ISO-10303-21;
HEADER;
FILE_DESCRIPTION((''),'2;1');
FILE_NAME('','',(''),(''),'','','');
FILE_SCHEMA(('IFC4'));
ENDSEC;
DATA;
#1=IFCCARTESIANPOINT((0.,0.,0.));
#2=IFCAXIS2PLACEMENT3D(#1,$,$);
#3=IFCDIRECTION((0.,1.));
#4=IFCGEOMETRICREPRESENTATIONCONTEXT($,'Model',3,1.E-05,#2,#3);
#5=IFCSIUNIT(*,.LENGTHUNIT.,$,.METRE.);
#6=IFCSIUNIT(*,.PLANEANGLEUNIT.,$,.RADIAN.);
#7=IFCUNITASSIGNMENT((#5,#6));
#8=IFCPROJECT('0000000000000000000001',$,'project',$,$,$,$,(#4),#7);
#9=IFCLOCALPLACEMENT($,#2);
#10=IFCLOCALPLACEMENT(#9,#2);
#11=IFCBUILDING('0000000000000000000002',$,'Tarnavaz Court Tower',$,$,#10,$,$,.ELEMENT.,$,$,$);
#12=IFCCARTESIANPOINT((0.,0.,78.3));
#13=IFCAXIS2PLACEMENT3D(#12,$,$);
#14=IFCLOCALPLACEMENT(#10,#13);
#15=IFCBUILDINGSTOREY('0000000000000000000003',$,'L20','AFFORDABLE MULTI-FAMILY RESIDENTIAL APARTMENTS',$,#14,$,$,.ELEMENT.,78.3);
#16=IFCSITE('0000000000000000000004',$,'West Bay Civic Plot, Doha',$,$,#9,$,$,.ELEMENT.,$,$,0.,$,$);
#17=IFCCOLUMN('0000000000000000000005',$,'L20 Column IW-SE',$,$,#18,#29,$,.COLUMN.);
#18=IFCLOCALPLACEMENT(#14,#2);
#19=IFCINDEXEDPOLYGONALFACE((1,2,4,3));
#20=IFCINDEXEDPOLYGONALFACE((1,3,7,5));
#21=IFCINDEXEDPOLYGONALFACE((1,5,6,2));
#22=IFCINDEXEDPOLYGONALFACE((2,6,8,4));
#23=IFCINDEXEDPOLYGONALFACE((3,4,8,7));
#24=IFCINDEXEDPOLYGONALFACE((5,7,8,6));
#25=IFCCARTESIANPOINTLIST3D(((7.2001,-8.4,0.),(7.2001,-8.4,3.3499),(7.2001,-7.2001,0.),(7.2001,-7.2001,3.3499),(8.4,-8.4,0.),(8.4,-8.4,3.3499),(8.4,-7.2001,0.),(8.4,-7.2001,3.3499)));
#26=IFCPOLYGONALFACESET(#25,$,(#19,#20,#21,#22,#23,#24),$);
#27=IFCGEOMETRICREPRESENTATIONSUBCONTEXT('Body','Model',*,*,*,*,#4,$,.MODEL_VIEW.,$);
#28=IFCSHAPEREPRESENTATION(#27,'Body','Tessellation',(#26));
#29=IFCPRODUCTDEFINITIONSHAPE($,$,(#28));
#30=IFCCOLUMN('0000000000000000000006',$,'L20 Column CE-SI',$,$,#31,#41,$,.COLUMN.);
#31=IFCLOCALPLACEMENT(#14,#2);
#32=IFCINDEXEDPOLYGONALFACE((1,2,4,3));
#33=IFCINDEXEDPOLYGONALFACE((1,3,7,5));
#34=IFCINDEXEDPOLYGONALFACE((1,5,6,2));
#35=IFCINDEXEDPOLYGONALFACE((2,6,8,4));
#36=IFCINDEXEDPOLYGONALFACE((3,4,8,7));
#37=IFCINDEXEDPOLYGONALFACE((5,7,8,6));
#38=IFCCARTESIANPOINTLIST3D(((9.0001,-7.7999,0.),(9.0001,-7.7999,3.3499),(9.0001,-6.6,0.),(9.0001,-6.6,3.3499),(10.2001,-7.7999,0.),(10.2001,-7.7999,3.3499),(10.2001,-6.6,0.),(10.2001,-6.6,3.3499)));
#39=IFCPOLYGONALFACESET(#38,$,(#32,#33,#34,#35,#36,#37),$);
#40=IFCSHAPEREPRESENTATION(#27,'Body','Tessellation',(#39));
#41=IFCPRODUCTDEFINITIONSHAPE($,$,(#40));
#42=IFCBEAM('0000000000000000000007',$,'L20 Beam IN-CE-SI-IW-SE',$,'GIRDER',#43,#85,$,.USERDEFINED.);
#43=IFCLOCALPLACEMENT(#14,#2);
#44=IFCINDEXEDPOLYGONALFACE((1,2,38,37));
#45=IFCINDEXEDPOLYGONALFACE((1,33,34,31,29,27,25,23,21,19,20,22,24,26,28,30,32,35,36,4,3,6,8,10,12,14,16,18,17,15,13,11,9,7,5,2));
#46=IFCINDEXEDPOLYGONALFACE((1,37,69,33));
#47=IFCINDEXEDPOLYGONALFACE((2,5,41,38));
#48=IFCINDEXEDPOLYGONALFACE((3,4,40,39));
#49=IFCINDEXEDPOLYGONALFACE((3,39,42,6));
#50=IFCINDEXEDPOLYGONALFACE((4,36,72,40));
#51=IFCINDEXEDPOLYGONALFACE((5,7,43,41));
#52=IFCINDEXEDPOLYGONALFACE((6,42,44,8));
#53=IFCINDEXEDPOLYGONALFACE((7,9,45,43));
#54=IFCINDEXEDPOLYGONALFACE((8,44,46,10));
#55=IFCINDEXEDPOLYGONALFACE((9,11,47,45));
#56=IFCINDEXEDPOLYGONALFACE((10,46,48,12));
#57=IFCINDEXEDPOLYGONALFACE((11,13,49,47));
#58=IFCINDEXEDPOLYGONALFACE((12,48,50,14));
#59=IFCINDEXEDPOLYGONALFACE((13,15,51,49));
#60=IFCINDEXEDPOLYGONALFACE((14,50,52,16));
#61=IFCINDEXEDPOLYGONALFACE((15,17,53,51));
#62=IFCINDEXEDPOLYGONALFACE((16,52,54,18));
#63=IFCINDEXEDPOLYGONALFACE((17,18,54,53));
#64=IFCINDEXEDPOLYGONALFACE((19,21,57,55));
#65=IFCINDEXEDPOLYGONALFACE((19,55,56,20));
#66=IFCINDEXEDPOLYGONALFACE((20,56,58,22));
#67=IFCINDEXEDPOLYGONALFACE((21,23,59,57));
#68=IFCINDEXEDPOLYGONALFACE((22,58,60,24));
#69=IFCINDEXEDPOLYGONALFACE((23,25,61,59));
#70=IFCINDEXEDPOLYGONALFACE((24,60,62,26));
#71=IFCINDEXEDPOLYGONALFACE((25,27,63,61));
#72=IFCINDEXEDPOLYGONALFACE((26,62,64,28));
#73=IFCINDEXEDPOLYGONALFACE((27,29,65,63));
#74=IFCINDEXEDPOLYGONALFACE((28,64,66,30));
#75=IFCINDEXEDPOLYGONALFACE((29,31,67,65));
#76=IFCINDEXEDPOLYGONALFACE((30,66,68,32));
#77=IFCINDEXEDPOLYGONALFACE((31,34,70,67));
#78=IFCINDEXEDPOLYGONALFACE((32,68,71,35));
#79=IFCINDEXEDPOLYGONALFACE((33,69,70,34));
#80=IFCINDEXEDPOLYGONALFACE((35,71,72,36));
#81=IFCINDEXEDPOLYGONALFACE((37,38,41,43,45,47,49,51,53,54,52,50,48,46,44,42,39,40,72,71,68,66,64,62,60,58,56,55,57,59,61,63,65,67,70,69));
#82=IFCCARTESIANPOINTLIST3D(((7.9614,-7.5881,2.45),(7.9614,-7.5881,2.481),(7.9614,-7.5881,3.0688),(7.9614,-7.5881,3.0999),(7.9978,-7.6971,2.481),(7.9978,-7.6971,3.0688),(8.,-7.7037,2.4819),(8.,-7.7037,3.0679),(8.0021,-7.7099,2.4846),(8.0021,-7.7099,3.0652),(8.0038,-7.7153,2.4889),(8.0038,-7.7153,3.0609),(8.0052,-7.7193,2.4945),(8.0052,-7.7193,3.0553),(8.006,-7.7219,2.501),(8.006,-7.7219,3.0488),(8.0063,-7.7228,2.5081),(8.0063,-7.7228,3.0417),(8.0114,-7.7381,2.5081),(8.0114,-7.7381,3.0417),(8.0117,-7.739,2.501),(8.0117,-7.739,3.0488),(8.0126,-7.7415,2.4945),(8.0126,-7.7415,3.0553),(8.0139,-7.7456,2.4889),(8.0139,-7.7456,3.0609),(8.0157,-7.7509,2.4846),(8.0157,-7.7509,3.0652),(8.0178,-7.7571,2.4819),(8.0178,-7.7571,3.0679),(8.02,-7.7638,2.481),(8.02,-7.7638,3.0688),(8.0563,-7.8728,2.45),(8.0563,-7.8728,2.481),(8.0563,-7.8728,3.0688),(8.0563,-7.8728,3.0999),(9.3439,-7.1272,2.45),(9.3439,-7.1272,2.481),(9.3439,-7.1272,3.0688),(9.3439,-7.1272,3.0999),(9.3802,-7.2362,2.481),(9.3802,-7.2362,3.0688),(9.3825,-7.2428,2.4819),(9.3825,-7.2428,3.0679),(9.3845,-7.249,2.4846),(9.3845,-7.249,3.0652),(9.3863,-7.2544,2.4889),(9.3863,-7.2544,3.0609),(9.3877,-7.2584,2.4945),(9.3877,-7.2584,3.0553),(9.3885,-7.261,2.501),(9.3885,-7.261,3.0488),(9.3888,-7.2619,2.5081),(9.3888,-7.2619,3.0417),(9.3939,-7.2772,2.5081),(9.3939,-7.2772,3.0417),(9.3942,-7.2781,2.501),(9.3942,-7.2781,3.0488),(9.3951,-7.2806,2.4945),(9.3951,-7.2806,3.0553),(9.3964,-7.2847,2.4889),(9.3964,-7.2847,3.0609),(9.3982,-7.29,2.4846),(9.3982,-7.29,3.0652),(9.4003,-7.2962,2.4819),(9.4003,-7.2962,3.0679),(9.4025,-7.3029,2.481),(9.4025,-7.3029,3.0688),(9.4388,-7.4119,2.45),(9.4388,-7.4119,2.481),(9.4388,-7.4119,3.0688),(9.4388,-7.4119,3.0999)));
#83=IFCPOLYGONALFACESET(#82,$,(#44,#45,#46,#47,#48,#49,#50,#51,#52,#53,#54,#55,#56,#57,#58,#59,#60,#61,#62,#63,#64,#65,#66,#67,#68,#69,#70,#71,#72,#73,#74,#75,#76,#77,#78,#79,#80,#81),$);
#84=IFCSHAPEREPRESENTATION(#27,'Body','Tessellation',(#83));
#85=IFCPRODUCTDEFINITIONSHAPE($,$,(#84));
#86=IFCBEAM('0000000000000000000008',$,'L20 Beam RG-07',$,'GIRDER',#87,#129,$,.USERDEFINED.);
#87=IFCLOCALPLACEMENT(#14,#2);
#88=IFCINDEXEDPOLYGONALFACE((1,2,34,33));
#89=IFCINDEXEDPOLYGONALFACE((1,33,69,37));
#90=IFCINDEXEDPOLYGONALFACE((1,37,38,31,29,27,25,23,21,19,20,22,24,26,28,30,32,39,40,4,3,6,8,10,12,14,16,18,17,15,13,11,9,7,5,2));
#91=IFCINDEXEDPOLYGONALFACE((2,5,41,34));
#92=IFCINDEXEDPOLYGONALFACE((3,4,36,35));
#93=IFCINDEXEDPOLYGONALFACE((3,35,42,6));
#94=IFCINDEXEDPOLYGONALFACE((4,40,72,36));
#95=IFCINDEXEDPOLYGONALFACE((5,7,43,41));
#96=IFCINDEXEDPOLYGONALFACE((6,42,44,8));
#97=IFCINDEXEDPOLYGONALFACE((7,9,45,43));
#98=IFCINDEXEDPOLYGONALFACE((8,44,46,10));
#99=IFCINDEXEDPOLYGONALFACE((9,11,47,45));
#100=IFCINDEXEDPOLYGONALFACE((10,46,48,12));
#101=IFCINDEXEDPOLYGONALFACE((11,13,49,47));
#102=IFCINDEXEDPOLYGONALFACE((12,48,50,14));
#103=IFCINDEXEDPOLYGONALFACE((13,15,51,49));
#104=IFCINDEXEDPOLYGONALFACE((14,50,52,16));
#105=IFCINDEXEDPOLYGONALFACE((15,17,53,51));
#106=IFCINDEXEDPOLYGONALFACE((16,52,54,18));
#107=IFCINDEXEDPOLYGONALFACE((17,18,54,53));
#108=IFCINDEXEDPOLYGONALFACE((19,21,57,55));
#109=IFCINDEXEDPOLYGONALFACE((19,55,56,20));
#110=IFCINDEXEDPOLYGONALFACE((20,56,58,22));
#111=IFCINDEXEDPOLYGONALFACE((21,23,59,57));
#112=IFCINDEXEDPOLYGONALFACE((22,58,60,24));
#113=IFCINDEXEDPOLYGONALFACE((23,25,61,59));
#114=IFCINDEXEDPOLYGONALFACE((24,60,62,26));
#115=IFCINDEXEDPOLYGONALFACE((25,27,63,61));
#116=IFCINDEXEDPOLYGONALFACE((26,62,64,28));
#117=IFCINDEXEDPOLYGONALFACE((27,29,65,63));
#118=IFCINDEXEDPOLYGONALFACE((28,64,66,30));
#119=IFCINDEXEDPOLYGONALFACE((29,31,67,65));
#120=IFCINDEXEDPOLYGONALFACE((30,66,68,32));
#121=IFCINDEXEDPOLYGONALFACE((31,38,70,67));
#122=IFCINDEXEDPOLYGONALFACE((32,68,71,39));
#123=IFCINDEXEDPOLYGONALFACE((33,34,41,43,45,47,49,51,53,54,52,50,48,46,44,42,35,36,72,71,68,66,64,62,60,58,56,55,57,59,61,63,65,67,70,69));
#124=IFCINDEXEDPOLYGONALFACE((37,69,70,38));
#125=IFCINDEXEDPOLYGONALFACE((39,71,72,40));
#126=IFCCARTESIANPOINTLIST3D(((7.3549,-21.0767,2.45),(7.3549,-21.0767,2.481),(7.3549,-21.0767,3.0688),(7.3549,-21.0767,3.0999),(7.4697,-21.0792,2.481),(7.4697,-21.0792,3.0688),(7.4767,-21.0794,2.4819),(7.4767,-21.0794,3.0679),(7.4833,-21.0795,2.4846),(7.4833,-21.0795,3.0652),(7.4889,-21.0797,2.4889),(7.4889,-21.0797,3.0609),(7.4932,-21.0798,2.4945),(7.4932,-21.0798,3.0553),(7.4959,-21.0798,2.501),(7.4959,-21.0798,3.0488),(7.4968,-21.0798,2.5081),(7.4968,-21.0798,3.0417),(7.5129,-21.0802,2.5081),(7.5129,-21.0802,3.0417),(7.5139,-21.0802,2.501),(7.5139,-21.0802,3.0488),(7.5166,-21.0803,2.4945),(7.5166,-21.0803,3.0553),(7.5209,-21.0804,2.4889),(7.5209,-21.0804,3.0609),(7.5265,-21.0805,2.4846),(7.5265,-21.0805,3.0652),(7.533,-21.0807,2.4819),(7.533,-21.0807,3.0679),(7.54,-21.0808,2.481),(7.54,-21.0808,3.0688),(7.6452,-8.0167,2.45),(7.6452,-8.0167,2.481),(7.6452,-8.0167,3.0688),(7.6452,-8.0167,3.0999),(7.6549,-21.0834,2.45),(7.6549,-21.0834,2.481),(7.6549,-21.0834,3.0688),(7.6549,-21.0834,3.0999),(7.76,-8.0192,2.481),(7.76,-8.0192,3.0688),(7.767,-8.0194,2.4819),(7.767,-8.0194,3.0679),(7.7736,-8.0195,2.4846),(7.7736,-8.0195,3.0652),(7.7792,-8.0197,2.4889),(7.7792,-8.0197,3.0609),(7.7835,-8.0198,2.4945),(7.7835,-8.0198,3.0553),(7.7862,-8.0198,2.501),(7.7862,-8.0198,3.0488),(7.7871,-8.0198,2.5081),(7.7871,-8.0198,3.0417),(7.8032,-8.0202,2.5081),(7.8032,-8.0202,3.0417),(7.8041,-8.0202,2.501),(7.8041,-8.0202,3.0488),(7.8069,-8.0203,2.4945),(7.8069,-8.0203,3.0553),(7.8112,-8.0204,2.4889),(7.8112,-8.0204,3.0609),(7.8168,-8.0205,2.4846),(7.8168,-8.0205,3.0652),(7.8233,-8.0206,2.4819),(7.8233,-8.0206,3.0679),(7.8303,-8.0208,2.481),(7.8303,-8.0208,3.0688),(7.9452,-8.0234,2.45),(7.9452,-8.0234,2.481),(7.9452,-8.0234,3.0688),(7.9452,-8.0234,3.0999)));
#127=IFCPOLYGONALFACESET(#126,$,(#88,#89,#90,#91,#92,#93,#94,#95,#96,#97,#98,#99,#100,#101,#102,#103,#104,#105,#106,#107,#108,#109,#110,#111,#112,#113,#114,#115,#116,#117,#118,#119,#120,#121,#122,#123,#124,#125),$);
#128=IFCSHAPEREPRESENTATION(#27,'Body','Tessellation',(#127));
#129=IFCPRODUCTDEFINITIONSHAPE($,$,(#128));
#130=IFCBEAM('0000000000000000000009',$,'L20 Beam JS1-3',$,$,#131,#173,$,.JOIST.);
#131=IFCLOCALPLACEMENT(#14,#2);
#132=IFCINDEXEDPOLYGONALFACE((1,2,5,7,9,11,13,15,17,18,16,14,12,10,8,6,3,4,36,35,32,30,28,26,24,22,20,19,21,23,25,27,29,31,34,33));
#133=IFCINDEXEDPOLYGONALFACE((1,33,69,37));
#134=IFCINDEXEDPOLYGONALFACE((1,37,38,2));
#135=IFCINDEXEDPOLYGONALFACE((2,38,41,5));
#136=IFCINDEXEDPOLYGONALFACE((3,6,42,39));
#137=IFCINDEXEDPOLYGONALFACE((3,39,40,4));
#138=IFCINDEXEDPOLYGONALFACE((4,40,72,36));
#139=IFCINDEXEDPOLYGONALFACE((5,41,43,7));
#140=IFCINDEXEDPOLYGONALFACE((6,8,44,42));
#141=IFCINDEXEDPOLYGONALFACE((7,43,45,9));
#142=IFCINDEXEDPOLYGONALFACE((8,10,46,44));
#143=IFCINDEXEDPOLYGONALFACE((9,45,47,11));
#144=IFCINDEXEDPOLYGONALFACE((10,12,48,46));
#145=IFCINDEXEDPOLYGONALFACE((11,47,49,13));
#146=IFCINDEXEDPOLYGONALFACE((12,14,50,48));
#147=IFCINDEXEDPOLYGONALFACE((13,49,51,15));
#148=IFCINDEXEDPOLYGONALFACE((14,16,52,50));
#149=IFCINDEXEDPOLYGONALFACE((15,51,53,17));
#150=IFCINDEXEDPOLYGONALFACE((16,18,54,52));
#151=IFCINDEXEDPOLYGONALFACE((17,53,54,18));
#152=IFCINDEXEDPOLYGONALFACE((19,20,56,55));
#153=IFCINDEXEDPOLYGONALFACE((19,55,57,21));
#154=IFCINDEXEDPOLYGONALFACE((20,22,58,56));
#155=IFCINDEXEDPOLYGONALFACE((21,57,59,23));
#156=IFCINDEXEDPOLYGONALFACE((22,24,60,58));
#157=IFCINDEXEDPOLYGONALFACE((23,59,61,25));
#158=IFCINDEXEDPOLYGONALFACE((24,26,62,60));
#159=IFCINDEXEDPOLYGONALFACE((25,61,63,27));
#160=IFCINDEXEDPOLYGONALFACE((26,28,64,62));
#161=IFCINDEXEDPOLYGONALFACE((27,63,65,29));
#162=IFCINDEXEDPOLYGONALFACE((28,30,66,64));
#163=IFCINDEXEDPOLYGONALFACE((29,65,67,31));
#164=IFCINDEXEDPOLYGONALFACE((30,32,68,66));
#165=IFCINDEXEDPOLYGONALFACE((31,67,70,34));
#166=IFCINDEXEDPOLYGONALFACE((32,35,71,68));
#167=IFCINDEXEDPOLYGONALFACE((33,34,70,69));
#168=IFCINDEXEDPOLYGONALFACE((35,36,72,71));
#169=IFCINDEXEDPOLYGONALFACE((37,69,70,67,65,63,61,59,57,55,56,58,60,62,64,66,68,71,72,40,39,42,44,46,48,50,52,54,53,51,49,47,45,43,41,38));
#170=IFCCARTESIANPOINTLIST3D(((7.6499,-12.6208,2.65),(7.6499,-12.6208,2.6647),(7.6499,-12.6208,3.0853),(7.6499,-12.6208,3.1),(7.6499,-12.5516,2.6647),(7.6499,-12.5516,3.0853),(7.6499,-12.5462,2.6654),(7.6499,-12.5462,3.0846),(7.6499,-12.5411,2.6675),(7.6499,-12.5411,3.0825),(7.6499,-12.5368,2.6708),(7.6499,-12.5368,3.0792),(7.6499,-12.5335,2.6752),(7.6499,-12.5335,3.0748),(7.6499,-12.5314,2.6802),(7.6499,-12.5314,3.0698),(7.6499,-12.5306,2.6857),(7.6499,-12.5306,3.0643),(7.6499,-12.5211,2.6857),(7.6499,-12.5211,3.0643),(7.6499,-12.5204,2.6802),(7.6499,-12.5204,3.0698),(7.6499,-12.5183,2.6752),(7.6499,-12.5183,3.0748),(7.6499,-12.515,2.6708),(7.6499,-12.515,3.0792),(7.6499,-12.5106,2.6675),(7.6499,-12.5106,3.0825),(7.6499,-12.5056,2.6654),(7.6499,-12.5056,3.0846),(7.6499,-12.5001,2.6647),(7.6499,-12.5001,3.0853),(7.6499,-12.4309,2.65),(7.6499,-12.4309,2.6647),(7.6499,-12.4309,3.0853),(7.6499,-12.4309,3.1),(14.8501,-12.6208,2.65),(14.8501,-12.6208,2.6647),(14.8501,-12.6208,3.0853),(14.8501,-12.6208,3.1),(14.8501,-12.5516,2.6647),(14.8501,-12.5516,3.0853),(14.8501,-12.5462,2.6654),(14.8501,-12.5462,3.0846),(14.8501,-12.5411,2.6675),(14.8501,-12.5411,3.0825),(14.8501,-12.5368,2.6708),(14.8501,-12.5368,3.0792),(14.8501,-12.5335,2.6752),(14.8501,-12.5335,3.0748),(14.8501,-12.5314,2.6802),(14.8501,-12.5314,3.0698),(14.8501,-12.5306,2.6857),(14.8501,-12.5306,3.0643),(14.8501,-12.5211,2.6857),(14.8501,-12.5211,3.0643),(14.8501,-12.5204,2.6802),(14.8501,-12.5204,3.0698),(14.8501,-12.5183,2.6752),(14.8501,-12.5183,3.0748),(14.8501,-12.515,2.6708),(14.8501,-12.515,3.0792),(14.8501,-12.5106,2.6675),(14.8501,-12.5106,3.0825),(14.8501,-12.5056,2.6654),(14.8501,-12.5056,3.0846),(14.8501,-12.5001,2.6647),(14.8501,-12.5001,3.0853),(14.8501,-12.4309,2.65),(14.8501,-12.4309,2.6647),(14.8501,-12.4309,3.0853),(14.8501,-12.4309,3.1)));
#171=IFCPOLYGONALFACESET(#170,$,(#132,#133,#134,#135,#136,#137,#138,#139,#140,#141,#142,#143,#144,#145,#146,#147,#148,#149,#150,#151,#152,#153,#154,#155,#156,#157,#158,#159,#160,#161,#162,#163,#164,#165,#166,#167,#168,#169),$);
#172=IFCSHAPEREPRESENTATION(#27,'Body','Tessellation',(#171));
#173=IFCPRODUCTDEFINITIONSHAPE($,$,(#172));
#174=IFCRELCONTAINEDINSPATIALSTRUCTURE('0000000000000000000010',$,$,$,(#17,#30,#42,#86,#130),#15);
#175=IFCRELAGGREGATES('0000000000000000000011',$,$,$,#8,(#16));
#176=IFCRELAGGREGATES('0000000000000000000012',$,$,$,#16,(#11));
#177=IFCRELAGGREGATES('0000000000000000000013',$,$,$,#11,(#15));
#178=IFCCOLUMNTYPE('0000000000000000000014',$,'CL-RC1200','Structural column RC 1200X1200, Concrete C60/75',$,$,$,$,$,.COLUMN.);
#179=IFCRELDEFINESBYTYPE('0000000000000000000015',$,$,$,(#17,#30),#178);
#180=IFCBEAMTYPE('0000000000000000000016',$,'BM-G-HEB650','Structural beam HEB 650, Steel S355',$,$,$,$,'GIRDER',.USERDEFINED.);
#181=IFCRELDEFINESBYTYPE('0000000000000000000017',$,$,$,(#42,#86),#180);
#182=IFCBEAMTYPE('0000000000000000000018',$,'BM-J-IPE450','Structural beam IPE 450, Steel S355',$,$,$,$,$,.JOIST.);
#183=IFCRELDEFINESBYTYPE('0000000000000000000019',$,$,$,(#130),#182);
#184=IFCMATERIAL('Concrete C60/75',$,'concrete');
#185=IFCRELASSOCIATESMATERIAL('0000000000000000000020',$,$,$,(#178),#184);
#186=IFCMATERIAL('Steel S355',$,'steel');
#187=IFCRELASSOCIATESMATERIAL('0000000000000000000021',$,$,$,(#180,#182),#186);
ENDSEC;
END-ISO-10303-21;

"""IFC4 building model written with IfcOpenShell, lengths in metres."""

from ifc_helpers import new_model, si_unit, direction, frame, origin, origin_2d, place, context, subcontext, project, spatial, rectangle, i_section, extrude, material, material_profile, profile_set, type_object, element, save


model = new_model("IFC4")

# Units and contexts
model_context = context("Model", 3, precision=1e-05, world=origin(), true_north=direction((0.0, 1.0)))
body_context = subcontext(model_context, "Body", "Model", "MODEL_VIEW")
ifc_project = project(units=[si_unit("LENGTHUNIT", "METRE"), si_unit("PLANEANGLEUNIT", "RADIAN")], contexts=[model_context])

# Site, building, storey
site_placement = place(None, origin())
site = spatial("IfcSite", under=ifc_project, at=site_placement, Name="West Bay Civic Plot, Doha", CompositionType="ELEMENT", RefElevation=0.0)
building_placement = place(site_placement, origin())
building = spatial("IfcBuilding", under=site, at=building_placement, Name="Tarnavaz Court Tower", CompositionType="ELEMENT")
storey_placement = place(building_placement, frame((0.0, 0.0, 78.3)))
storey = spatial("IfcBuildingStorey", under=building, at=storey_placement, Name="L20", Description="AFFORDABLE MULTI-FAMILY RESIDENTIAL APARTMENTS", CompositionType="ELEMENT", Elevation=78.3)

# Columns
ifc_material_1 = material(Name="Concrete C60/75", Category="concrete")
ifc_material_profile_1 = material_profile(ifc_material_1, rectangle(XDim=1.2, YDim=1.2, at=origin_2d()), Name="RC 1200X1200")
ifc_profile_set_1 = profile_set([ifc_material_profile_1], Name="Concrete C60/75")
column_type = type_object("IfcColumnType", Name="CL-RC1200", Description="Structural column RC 1200X1200, Concrete C60/75", PredefinedType="COLUMN", material=ifc_profile_set_1)
for number, where, z_axis, x_axis, name in (
    (1, (7.8, -7.8, 0.0), (0.0, 0.0, 1.0), (1.0, 0.0, 0.0), "L20 Column IW-SE"),
    (2, (9.6001, -7.2, 0.0), (0.0, 0.0, 1.0), (1.0, 0.0, 0.0), "L20 Column CE-SI"),
):
    element("IfcColumn", number, at=place(storey_placement, frame(where, z_axis=z_axis, x_axis=x_axis)), inside=storey, type_object=column_type, Name=name, PredefinedType="COLUMN", context=body_context, shape_type="SweptSolid", body=[
        extrude(rectangle(XDim=1.2, YDim=1.2, at=origin_2d()), origin(), (0.0, 0.0, 1.0), 3.3499),
    ])

# Beams
ifc_material_2 = material(Name="Steel S355", Category="steel")
ifc_material_profile_2 = material_profile(ifc_material_2, i_section(OverallWidth=0.3, OverallDepth=0.6499, WebThickness=0.0161, FlangeThickness=0.031, FilletRadius=0.0271, at=origin_2d()), Name="HEB 650")
ifc_profile_set_2 = profile_set([ifc_material_profile_2], Name="Steel S355")
beam_type_1 = type_object("IfcBeamType", Name="BM-G-HEB650", Description="Structural beam HEB 650, Steel S355", ElementType="GIRDER", PredefinedType="USERDEFINED", material=ifc_profile_set_2)
beam_1_placement = place(storey_placement, frame((9.3914, -7.2695, 2.7749), z_axis=(-0.948667, -0.316278, 0.0), x_axis=(0.316278, -0.948667, 0.0)))
element("IfcBeam", 3, at=beam_1_placement, inside=storey, type_object=beam_type_1, Name="L20 Beam IN-CE-SI-IW-SE", ObjectType="GIRDER", PredefinedType="USERDEFINED", context=body_context, shape_type="SweptSolid", body=[
    extrude(i_section(OverallWidth=0.3, OverallDepth=0.6499, WebThickness=0.0161, FlangeThickness=0.031, FilletRadius=0.0271, at=origin_2d()), origin(), (0.0, 0.0, 1.0), 1.4573),
])
beam_2_placement = place(storey_placement, frame((7.7952, -8.02, 2.7749), z_axis=(-0.022221, -0.999753, 0.0), x_axis=(0.999753, -0.022221, 0.0)))
element("IfcBeam", 4, at=beam_2_placement, inside=storey, type_object=beam_type_1, Name="L20 Beam RG-07", ObjectType="GIRDER", PredefinedType="USERDEFINED", context=body_context, shape_type="SweptSolid", body=[
    extrude(i_section(OverallWidth=0.3, OverallDepth=0.6499, WebThickness=0.0161, FlangeThickness=0.031, FilletRadius=0.0271, at=origin_2d()), origin(), (0.0, 0.0, 1.0), 13.0632),
])
ifc_material_profile_3 = material_profile(ifc_material_2, i_section(OverallWidth=0.1899, OverallDepth=0.45, WebThickness=0.0095, FlangeThickness=0.0146, FilletRadius=0.021, at=origin_2d()), Name="IPE 450")
ifc_profile_set_3 = profile_set([ifc_material_profile_3], Name="Steel S355")
beam_type_2 = type_object("IfcBeamType", Name="BM-J-IPE450", Description="Structural beam IPE 450, Steel S355", PredefinedType="JOIST", material=ifc_profile_set_3)
beam_3_placement = place(storey_placement, frame((7.6499, -12.5259, 2.875), z_axis=(1.0, 0.0, 0.0), x_axis=(0.0, 1.0, 0.0)))
element("IfcBeam", 5, at=beam_3_placement, inside=storey, type_object=beam_type_2, Name="L20 Beam JS1-3", PredefinedType="JOIST", context=body_context, shape_type="SweptSolid", body=[
    extrude(i_section(OverallWidth=0.1899, OverallDepth=0.45, WebThickness=0.0095, FlangeThickness=0.0146, FilletRadius=0.021, at=origin_2d()), origin(), (0.0, 0.0, 1.0), 7.2002),
])

save(model, "model.ifc")
